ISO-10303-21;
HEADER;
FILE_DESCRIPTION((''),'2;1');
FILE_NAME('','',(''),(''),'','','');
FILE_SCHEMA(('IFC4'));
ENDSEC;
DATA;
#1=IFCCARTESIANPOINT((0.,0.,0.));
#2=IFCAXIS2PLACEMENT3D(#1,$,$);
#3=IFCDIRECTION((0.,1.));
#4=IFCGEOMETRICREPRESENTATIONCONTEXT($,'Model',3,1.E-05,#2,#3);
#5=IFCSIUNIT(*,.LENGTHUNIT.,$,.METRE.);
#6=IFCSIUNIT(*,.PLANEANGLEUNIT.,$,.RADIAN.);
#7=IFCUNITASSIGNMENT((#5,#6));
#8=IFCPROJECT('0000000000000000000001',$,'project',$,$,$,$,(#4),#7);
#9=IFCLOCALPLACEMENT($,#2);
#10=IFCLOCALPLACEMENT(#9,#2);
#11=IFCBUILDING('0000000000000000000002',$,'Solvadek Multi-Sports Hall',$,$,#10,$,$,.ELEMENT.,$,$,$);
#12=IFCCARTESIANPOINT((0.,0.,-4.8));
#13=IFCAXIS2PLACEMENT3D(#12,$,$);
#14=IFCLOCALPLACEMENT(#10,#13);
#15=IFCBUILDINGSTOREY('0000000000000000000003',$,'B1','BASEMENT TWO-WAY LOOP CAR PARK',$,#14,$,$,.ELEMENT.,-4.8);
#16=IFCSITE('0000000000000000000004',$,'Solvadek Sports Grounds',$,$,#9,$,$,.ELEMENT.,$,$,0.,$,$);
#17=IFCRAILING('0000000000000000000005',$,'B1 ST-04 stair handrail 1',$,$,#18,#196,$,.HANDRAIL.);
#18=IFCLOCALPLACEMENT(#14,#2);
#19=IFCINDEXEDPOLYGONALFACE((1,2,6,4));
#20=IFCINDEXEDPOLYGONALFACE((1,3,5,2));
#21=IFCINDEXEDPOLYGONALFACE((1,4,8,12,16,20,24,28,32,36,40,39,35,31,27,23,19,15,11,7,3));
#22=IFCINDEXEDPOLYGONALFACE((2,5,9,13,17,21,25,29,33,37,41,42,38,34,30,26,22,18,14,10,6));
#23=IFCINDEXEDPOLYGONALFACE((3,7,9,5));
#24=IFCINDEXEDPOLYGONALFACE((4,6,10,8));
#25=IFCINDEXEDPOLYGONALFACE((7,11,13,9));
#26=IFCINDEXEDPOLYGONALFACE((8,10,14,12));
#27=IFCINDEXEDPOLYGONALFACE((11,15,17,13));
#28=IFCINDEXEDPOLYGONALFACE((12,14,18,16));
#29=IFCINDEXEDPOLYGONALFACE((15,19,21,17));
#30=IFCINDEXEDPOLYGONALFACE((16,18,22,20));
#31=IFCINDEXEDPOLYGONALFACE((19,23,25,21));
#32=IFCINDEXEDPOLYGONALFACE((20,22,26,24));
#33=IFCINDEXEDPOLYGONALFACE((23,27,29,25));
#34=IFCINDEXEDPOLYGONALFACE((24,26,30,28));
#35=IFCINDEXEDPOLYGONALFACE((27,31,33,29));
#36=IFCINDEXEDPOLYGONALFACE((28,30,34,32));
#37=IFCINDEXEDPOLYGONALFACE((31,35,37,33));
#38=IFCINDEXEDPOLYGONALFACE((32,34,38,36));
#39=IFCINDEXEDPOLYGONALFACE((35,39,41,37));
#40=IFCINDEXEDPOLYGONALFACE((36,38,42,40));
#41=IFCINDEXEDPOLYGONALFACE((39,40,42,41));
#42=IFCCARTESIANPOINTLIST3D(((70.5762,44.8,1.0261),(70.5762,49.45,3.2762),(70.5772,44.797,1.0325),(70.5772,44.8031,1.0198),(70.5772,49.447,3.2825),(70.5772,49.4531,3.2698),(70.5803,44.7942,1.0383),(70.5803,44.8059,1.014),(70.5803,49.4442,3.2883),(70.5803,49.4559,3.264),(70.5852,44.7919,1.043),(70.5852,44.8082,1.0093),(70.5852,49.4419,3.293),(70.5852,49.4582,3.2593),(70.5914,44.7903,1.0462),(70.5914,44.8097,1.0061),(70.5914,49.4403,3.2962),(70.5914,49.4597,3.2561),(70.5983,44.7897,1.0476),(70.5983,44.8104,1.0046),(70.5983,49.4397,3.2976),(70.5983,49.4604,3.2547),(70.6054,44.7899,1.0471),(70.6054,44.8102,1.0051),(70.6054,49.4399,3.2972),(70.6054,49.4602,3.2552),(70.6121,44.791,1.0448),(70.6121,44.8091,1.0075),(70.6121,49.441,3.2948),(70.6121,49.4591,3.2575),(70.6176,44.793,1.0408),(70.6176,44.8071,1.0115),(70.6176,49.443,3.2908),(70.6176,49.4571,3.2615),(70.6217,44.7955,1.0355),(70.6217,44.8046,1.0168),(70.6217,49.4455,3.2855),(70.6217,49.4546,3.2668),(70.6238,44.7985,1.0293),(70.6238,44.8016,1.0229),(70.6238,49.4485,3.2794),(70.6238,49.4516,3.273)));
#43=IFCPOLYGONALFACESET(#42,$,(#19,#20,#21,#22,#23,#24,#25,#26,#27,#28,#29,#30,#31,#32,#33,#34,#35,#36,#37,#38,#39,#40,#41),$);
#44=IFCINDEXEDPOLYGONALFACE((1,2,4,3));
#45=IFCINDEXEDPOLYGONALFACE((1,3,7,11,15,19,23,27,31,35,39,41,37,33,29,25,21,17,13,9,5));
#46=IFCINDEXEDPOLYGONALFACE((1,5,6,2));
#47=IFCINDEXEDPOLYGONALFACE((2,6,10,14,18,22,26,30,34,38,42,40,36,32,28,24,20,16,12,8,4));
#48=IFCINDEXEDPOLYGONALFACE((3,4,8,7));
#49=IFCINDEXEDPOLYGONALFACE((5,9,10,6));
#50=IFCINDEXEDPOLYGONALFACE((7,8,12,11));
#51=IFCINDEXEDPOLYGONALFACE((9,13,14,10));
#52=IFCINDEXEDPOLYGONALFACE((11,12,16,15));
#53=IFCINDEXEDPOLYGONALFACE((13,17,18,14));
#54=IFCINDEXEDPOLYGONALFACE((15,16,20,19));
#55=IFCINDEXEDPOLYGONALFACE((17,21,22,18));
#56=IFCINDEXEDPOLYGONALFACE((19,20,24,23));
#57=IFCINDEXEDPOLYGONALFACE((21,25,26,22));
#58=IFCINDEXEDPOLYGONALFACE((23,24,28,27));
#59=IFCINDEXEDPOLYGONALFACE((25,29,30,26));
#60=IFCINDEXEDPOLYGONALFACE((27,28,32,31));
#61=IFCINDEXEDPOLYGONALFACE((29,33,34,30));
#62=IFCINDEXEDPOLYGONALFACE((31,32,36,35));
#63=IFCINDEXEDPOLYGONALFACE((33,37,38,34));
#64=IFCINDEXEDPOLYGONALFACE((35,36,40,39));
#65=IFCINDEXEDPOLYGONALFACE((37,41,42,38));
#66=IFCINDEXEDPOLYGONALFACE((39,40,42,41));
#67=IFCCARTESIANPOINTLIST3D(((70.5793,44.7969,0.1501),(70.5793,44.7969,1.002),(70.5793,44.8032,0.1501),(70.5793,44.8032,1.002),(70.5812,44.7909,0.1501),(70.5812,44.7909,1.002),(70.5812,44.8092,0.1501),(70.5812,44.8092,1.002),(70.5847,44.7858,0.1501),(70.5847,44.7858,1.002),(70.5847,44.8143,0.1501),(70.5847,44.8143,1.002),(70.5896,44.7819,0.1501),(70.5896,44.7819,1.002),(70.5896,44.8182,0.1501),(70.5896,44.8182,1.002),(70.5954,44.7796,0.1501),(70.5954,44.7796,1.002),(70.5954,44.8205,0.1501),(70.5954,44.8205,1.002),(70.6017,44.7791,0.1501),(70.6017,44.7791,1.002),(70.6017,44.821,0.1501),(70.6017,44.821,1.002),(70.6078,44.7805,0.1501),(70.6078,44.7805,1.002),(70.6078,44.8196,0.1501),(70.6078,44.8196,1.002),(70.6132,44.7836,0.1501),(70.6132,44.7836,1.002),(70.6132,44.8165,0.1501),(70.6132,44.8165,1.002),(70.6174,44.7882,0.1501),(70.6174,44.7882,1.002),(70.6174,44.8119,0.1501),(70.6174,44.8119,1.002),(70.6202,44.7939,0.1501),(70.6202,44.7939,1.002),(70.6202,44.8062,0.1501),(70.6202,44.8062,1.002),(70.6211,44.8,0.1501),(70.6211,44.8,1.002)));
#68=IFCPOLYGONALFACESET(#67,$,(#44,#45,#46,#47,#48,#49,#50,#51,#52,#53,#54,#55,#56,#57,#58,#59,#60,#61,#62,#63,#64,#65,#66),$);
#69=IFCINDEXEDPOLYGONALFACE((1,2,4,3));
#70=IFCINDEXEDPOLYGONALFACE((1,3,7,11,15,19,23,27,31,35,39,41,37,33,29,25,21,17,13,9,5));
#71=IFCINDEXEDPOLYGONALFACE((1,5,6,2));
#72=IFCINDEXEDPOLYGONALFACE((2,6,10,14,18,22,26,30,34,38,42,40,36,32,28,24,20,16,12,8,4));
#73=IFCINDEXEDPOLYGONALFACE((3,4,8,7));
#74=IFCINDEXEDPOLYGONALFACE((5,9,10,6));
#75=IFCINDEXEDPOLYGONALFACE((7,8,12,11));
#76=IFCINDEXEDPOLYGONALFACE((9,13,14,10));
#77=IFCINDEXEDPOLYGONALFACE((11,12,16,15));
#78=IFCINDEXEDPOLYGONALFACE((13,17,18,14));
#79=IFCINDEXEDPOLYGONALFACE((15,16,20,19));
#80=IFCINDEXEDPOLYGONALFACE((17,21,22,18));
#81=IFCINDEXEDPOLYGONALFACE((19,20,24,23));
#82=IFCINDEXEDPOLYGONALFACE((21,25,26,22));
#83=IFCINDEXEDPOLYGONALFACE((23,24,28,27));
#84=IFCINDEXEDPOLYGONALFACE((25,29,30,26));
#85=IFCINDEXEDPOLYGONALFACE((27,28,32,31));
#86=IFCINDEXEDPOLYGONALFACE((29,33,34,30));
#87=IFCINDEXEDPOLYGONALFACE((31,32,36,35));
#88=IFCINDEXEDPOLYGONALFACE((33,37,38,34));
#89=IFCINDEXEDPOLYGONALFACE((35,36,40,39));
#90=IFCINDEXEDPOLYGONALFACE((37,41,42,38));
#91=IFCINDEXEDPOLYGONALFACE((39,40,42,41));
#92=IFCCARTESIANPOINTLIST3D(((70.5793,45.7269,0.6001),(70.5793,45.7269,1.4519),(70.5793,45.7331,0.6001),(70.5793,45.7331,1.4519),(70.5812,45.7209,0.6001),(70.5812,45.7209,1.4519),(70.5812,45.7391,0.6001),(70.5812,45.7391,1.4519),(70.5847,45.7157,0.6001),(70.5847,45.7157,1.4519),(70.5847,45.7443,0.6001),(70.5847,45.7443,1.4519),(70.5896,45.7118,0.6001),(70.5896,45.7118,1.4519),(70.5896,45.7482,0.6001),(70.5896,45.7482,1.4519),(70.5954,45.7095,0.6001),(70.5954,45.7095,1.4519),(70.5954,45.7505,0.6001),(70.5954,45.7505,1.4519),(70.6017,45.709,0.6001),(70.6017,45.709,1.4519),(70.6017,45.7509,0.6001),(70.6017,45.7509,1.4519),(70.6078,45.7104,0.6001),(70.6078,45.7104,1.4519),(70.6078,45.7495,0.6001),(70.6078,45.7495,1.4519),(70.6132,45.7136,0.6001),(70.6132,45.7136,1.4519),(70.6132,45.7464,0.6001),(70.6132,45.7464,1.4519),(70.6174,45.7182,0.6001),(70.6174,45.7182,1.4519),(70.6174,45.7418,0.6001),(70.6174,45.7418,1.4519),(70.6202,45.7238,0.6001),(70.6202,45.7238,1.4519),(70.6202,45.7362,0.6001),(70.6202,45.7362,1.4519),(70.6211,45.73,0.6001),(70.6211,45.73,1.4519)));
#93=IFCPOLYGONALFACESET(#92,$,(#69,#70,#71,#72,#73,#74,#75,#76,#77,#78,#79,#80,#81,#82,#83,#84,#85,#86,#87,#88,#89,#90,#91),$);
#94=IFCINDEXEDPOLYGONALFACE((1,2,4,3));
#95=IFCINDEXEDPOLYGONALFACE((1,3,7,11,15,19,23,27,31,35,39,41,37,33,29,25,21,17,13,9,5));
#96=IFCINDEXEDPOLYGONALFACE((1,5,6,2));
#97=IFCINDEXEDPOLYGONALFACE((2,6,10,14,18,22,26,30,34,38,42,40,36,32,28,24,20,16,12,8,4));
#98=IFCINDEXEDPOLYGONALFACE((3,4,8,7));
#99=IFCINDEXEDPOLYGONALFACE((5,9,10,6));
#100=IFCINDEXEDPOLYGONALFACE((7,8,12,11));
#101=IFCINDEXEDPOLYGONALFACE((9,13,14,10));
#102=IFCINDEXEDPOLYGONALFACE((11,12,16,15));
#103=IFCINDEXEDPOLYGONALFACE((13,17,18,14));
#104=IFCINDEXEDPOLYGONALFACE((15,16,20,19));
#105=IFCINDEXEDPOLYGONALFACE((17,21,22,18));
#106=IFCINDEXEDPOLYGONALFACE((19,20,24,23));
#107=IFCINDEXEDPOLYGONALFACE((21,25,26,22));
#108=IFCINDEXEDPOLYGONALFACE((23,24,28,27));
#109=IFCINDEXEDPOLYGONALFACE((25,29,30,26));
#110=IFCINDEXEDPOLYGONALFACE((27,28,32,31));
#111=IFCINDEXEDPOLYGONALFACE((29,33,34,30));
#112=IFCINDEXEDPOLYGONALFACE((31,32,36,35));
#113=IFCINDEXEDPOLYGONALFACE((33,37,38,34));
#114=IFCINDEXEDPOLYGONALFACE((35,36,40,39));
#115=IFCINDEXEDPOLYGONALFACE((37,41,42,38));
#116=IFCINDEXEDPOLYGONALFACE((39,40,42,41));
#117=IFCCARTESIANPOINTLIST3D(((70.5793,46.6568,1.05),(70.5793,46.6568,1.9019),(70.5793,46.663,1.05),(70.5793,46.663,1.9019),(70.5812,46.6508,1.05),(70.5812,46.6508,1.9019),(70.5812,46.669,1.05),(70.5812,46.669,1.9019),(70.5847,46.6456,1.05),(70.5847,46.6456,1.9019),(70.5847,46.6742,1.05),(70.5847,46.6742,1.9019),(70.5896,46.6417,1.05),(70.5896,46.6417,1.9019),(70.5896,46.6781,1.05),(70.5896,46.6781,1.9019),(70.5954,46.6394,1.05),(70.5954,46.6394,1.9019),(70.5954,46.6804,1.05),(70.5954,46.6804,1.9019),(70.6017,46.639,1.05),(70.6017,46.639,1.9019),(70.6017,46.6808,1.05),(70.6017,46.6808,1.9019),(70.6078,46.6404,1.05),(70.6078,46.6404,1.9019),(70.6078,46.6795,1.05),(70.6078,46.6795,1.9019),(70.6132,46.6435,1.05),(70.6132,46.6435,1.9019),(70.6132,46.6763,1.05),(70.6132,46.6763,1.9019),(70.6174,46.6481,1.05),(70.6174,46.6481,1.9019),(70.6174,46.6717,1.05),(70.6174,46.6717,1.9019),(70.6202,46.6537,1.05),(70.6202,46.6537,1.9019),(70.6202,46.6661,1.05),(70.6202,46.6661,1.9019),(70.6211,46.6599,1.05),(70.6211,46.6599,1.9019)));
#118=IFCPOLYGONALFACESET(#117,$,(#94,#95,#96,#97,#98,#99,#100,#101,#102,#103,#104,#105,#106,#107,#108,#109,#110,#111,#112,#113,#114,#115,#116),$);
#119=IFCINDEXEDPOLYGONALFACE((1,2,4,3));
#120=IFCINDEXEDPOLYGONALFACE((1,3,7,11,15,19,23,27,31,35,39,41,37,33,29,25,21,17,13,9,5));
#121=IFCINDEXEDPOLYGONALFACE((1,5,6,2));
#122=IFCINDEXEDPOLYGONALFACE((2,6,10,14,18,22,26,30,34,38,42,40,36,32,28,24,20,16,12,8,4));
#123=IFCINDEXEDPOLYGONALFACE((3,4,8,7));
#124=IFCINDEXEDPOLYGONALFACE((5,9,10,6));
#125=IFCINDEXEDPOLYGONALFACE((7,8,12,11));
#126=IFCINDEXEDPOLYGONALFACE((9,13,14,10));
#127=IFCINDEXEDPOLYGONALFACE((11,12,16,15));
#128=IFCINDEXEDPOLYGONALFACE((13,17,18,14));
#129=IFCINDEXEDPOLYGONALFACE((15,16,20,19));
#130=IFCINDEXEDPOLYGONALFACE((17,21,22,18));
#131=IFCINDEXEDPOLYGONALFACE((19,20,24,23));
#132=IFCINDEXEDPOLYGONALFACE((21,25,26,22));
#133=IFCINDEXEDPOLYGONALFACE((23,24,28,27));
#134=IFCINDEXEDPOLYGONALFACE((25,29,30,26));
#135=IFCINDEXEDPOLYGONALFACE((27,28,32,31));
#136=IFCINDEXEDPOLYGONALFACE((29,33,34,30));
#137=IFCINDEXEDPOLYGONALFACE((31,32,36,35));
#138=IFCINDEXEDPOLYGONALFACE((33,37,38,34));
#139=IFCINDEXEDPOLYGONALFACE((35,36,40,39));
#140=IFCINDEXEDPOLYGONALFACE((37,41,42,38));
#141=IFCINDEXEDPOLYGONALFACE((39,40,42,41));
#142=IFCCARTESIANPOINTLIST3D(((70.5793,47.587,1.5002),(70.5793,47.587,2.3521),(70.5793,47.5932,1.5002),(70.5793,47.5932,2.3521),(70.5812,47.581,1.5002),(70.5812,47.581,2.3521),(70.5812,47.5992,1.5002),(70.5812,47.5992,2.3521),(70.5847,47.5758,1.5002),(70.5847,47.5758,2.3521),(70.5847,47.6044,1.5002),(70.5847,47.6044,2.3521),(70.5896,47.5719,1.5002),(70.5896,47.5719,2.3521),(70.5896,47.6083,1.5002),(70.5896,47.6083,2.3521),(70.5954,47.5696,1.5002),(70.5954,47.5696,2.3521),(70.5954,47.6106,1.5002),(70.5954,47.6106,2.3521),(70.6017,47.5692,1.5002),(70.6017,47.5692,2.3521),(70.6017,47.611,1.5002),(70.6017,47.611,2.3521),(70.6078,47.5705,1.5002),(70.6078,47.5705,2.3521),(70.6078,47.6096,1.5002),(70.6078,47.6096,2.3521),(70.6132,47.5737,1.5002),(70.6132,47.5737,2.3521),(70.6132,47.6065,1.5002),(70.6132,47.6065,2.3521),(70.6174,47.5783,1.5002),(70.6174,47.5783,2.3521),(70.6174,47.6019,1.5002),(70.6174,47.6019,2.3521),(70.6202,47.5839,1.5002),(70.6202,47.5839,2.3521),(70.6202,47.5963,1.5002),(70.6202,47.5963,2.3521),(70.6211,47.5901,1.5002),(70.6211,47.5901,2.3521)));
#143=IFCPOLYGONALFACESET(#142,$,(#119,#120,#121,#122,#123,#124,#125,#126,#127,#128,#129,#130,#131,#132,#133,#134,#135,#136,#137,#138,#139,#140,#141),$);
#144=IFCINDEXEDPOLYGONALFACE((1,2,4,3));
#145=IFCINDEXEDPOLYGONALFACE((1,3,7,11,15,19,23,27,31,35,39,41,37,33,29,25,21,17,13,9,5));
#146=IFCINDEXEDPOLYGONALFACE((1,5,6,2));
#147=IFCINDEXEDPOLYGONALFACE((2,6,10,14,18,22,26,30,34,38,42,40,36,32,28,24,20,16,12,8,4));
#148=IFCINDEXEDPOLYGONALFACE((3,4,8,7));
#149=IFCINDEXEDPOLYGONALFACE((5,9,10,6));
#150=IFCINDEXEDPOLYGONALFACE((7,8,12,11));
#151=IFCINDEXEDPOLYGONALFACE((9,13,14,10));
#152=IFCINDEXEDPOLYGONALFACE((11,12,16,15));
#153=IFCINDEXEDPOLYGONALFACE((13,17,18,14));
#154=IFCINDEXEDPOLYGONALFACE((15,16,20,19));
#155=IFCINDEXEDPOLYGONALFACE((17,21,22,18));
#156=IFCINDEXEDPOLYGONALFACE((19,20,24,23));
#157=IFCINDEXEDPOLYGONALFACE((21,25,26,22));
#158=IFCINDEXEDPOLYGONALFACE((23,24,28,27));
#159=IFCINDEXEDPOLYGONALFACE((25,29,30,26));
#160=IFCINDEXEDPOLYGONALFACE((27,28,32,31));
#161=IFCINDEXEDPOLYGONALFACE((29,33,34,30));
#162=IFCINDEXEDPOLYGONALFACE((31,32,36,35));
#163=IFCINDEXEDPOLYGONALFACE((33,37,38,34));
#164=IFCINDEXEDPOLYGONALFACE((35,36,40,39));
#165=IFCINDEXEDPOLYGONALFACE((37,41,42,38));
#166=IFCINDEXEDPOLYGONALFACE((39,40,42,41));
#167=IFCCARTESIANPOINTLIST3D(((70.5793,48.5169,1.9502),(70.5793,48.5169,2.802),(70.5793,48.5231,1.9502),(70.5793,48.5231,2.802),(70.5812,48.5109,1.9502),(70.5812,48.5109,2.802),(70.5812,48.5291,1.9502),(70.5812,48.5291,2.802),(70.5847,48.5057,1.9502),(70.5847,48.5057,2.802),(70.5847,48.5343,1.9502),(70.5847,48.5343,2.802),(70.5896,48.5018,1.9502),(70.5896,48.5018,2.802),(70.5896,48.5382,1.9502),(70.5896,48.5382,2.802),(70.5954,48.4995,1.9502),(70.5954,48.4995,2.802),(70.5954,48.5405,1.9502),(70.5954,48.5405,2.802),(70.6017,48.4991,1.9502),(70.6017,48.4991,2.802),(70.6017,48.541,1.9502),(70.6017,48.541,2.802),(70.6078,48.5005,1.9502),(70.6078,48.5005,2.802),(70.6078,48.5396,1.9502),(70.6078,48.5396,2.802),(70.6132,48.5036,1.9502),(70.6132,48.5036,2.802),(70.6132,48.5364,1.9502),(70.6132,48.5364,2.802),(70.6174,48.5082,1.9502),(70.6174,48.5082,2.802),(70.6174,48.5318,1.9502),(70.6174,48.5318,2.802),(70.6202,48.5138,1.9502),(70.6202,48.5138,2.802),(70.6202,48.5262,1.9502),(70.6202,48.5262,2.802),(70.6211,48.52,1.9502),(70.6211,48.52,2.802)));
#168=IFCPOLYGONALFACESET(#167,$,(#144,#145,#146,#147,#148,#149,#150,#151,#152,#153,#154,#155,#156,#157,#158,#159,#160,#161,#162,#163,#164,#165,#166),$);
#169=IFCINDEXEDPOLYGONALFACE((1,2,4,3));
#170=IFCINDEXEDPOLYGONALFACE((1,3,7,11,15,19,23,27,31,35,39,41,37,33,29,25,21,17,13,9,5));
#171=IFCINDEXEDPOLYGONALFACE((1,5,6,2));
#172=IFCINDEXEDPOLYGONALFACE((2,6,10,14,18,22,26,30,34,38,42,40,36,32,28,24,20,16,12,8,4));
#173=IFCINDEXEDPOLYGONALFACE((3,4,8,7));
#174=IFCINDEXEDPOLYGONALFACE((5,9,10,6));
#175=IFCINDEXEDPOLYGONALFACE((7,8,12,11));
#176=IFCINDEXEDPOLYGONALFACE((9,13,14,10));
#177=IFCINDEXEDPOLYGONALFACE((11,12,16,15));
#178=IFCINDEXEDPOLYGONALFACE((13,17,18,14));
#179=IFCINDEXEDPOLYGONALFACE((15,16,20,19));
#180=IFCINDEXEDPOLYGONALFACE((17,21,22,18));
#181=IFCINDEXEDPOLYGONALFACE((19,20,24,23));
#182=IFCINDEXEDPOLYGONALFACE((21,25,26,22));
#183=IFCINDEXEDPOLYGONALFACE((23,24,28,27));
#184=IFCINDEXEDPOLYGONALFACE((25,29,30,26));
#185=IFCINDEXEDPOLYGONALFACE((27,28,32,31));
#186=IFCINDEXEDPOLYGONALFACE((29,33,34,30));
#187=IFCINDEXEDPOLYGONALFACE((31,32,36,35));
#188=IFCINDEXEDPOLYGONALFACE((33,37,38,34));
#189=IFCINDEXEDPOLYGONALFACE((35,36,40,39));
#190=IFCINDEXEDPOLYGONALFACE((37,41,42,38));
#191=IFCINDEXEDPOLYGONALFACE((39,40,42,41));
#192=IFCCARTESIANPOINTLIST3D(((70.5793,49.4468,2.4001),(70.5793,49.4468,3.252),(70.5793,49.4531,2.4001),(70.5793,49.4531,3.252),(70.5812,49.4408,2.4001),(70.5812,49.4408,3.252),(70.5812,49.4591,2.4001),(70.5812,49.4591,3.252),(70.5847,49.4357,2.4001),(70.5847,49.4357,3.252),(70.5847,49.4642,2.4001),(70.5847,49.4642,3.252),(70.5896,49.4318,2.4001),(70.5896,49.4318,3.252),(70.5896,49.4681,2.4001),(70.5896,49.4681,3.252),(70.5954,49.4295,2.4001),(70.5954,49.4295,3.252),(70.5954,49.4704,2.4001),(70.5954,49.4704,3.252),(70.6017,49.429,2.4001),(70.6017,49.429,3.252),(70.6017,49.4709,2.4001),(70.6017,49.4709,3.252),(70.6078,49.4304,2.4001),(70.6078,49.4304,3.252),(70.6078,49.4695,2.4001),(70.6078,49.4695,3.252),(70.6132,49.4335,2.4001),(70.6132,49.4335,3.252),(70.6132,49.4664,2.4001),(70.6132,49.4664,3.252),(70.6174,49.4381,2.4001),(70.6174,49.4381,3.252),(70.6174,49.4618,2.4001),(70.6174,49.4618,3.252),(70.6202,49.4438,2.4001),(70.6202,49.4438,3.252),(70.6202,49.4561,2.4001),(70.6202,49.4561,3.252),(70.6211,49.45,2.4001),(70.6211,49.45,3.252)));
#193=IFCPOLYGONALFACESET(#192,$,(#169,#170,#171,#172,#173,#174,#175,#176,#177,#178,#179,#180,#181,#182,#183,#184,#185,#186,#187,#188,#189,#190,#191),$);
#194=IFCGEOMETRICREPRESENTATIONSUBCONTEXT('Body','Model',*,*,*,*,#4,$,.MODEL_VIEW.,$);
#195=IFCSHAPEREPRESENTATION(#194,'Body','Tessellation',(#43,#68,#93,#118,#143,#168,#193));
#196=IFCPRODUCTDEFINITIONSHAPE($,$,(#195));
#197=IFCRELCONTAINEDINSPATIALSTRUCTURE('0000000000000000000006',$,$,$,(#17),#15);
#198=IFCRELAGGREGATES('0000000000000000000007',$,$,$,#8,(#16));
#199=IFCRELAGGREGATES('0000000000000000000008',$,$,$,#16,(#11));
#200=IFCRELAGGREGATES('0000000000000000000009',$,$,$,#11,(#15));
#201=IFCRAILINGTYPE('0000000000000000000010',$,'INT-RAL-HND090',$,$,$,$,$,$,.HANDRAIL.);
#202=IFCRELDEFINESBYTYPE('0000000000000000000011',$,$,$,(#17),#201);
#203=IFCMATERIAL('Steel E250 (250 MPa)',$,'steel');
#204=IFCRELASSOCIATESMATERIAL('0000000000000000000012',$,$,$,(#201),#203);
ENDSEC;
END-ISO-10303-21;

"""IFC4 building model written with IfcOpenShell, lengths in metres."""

from ifc_helpers import new_model, si_unit, direction, frame, origin, origin_2d, place, context, subcontext, project, spatial, circle, extrude, material, type_object, element, save


model = new_model("IFC4")

# Units and contexts
model_context = context("Model", 3, precision=1e-05, world=origin(), true_north=direction((0.0, 1.0)))
body_context = subcontext(model_context, "Body", "Model", "MODEL_VIEW")
ifc_project = project(units=[si_unit("LENGTHUNIT", "METRE"), si_unit("PLANEANGLEUNIT", "RADIAN")], contexts=[model_context])

# Site, building, storey
site_placement = place(None, origin())
site = spatial("IfcSite", under=ifc_project, at=site_placement, Name="Solvadek Sports Grounds", CompositionType="ELEMENT", RefElevation=0.0)
building_placement = place(site_placement, origin())
building = spatial("IfcBuilding", under=site, at=building_placement, Name="Solvadek Multi-Sports Hall", CompositionType="ELEMENT")
storey_placement = place(building_placement, frame((0.0, 0.0, -4.8)))
storey = spatial("IfcBuildingStorey", under=building, at=storey_placement, Name="B1", Description="BASEMENT TWO-WAY LOOP CAR PARK", CompositionType="ELEMENT", Elevation=-4.8)

# Shared definitions
ifc_material_1 = material(Name="Steel E250 (250 MPa)", Category="steel")

# Railing
railing_type_1 = type_object("IfcRailingType", Name="INT-RAL-HND090", PredefinedType="HANDRAIL", material=ifc_material_1)
railing_1_placement = place(storey_placement, frame((70.6001, 44.8, 0.1501)))
element("IfcRailing", 1, at=railing_1_placement, inside=storey, type_object=railing_type_1, Name="B1 ST-04 stair handrail 1", PredefinedType="HANDRAIL", context=body_context, shape_type="SweptSolid", body=[
    extrude(circle(Radius=0.0239, at=origin_2d()), frame((0.0, 0.0, 0.876), z_axis=(0.0, 0.900156, 0.435568), x_axis=(-1.0, 0.0, 0.0)), (0.0, 0.0, 1.0), 5.1658),
    extrude(circle(Radius=0.021, at=origin_2d()), origin(), (0.0, 0.0, 1.0), 0.8518),
    extrude(circle(Radius=0.021, at=origin_2d()), frame((0.0, 0.9299, 0.45)), (0.0, 0.0, 1.0), 0.8518),
    extrude(circle(Radius=0.021, at=origin_2d()), frame((0.0, 1.8599, 0.8999)), (0.0, 0.0, 1.0), 0.8518),
    extrude(circle(Radius=0.021, at=origin_2d()), frame((0.0, 2.79, 1.3501)), (0.0, 0.0, 1.0), 0.8518),
    extrude(circle(Radius=0.021, at=origin_2d()), frame((0.0, 3.72, 1.8)), (0.0, 0.0, 1.0), 0.8518),
    extrude(circle(Radius=0.021, at=origin_2d()), frame((0.0, 4.6499, 2.25)), (0.0, 0.0, 1.0), 0.8518),
])

save(model, "model.ifc")
